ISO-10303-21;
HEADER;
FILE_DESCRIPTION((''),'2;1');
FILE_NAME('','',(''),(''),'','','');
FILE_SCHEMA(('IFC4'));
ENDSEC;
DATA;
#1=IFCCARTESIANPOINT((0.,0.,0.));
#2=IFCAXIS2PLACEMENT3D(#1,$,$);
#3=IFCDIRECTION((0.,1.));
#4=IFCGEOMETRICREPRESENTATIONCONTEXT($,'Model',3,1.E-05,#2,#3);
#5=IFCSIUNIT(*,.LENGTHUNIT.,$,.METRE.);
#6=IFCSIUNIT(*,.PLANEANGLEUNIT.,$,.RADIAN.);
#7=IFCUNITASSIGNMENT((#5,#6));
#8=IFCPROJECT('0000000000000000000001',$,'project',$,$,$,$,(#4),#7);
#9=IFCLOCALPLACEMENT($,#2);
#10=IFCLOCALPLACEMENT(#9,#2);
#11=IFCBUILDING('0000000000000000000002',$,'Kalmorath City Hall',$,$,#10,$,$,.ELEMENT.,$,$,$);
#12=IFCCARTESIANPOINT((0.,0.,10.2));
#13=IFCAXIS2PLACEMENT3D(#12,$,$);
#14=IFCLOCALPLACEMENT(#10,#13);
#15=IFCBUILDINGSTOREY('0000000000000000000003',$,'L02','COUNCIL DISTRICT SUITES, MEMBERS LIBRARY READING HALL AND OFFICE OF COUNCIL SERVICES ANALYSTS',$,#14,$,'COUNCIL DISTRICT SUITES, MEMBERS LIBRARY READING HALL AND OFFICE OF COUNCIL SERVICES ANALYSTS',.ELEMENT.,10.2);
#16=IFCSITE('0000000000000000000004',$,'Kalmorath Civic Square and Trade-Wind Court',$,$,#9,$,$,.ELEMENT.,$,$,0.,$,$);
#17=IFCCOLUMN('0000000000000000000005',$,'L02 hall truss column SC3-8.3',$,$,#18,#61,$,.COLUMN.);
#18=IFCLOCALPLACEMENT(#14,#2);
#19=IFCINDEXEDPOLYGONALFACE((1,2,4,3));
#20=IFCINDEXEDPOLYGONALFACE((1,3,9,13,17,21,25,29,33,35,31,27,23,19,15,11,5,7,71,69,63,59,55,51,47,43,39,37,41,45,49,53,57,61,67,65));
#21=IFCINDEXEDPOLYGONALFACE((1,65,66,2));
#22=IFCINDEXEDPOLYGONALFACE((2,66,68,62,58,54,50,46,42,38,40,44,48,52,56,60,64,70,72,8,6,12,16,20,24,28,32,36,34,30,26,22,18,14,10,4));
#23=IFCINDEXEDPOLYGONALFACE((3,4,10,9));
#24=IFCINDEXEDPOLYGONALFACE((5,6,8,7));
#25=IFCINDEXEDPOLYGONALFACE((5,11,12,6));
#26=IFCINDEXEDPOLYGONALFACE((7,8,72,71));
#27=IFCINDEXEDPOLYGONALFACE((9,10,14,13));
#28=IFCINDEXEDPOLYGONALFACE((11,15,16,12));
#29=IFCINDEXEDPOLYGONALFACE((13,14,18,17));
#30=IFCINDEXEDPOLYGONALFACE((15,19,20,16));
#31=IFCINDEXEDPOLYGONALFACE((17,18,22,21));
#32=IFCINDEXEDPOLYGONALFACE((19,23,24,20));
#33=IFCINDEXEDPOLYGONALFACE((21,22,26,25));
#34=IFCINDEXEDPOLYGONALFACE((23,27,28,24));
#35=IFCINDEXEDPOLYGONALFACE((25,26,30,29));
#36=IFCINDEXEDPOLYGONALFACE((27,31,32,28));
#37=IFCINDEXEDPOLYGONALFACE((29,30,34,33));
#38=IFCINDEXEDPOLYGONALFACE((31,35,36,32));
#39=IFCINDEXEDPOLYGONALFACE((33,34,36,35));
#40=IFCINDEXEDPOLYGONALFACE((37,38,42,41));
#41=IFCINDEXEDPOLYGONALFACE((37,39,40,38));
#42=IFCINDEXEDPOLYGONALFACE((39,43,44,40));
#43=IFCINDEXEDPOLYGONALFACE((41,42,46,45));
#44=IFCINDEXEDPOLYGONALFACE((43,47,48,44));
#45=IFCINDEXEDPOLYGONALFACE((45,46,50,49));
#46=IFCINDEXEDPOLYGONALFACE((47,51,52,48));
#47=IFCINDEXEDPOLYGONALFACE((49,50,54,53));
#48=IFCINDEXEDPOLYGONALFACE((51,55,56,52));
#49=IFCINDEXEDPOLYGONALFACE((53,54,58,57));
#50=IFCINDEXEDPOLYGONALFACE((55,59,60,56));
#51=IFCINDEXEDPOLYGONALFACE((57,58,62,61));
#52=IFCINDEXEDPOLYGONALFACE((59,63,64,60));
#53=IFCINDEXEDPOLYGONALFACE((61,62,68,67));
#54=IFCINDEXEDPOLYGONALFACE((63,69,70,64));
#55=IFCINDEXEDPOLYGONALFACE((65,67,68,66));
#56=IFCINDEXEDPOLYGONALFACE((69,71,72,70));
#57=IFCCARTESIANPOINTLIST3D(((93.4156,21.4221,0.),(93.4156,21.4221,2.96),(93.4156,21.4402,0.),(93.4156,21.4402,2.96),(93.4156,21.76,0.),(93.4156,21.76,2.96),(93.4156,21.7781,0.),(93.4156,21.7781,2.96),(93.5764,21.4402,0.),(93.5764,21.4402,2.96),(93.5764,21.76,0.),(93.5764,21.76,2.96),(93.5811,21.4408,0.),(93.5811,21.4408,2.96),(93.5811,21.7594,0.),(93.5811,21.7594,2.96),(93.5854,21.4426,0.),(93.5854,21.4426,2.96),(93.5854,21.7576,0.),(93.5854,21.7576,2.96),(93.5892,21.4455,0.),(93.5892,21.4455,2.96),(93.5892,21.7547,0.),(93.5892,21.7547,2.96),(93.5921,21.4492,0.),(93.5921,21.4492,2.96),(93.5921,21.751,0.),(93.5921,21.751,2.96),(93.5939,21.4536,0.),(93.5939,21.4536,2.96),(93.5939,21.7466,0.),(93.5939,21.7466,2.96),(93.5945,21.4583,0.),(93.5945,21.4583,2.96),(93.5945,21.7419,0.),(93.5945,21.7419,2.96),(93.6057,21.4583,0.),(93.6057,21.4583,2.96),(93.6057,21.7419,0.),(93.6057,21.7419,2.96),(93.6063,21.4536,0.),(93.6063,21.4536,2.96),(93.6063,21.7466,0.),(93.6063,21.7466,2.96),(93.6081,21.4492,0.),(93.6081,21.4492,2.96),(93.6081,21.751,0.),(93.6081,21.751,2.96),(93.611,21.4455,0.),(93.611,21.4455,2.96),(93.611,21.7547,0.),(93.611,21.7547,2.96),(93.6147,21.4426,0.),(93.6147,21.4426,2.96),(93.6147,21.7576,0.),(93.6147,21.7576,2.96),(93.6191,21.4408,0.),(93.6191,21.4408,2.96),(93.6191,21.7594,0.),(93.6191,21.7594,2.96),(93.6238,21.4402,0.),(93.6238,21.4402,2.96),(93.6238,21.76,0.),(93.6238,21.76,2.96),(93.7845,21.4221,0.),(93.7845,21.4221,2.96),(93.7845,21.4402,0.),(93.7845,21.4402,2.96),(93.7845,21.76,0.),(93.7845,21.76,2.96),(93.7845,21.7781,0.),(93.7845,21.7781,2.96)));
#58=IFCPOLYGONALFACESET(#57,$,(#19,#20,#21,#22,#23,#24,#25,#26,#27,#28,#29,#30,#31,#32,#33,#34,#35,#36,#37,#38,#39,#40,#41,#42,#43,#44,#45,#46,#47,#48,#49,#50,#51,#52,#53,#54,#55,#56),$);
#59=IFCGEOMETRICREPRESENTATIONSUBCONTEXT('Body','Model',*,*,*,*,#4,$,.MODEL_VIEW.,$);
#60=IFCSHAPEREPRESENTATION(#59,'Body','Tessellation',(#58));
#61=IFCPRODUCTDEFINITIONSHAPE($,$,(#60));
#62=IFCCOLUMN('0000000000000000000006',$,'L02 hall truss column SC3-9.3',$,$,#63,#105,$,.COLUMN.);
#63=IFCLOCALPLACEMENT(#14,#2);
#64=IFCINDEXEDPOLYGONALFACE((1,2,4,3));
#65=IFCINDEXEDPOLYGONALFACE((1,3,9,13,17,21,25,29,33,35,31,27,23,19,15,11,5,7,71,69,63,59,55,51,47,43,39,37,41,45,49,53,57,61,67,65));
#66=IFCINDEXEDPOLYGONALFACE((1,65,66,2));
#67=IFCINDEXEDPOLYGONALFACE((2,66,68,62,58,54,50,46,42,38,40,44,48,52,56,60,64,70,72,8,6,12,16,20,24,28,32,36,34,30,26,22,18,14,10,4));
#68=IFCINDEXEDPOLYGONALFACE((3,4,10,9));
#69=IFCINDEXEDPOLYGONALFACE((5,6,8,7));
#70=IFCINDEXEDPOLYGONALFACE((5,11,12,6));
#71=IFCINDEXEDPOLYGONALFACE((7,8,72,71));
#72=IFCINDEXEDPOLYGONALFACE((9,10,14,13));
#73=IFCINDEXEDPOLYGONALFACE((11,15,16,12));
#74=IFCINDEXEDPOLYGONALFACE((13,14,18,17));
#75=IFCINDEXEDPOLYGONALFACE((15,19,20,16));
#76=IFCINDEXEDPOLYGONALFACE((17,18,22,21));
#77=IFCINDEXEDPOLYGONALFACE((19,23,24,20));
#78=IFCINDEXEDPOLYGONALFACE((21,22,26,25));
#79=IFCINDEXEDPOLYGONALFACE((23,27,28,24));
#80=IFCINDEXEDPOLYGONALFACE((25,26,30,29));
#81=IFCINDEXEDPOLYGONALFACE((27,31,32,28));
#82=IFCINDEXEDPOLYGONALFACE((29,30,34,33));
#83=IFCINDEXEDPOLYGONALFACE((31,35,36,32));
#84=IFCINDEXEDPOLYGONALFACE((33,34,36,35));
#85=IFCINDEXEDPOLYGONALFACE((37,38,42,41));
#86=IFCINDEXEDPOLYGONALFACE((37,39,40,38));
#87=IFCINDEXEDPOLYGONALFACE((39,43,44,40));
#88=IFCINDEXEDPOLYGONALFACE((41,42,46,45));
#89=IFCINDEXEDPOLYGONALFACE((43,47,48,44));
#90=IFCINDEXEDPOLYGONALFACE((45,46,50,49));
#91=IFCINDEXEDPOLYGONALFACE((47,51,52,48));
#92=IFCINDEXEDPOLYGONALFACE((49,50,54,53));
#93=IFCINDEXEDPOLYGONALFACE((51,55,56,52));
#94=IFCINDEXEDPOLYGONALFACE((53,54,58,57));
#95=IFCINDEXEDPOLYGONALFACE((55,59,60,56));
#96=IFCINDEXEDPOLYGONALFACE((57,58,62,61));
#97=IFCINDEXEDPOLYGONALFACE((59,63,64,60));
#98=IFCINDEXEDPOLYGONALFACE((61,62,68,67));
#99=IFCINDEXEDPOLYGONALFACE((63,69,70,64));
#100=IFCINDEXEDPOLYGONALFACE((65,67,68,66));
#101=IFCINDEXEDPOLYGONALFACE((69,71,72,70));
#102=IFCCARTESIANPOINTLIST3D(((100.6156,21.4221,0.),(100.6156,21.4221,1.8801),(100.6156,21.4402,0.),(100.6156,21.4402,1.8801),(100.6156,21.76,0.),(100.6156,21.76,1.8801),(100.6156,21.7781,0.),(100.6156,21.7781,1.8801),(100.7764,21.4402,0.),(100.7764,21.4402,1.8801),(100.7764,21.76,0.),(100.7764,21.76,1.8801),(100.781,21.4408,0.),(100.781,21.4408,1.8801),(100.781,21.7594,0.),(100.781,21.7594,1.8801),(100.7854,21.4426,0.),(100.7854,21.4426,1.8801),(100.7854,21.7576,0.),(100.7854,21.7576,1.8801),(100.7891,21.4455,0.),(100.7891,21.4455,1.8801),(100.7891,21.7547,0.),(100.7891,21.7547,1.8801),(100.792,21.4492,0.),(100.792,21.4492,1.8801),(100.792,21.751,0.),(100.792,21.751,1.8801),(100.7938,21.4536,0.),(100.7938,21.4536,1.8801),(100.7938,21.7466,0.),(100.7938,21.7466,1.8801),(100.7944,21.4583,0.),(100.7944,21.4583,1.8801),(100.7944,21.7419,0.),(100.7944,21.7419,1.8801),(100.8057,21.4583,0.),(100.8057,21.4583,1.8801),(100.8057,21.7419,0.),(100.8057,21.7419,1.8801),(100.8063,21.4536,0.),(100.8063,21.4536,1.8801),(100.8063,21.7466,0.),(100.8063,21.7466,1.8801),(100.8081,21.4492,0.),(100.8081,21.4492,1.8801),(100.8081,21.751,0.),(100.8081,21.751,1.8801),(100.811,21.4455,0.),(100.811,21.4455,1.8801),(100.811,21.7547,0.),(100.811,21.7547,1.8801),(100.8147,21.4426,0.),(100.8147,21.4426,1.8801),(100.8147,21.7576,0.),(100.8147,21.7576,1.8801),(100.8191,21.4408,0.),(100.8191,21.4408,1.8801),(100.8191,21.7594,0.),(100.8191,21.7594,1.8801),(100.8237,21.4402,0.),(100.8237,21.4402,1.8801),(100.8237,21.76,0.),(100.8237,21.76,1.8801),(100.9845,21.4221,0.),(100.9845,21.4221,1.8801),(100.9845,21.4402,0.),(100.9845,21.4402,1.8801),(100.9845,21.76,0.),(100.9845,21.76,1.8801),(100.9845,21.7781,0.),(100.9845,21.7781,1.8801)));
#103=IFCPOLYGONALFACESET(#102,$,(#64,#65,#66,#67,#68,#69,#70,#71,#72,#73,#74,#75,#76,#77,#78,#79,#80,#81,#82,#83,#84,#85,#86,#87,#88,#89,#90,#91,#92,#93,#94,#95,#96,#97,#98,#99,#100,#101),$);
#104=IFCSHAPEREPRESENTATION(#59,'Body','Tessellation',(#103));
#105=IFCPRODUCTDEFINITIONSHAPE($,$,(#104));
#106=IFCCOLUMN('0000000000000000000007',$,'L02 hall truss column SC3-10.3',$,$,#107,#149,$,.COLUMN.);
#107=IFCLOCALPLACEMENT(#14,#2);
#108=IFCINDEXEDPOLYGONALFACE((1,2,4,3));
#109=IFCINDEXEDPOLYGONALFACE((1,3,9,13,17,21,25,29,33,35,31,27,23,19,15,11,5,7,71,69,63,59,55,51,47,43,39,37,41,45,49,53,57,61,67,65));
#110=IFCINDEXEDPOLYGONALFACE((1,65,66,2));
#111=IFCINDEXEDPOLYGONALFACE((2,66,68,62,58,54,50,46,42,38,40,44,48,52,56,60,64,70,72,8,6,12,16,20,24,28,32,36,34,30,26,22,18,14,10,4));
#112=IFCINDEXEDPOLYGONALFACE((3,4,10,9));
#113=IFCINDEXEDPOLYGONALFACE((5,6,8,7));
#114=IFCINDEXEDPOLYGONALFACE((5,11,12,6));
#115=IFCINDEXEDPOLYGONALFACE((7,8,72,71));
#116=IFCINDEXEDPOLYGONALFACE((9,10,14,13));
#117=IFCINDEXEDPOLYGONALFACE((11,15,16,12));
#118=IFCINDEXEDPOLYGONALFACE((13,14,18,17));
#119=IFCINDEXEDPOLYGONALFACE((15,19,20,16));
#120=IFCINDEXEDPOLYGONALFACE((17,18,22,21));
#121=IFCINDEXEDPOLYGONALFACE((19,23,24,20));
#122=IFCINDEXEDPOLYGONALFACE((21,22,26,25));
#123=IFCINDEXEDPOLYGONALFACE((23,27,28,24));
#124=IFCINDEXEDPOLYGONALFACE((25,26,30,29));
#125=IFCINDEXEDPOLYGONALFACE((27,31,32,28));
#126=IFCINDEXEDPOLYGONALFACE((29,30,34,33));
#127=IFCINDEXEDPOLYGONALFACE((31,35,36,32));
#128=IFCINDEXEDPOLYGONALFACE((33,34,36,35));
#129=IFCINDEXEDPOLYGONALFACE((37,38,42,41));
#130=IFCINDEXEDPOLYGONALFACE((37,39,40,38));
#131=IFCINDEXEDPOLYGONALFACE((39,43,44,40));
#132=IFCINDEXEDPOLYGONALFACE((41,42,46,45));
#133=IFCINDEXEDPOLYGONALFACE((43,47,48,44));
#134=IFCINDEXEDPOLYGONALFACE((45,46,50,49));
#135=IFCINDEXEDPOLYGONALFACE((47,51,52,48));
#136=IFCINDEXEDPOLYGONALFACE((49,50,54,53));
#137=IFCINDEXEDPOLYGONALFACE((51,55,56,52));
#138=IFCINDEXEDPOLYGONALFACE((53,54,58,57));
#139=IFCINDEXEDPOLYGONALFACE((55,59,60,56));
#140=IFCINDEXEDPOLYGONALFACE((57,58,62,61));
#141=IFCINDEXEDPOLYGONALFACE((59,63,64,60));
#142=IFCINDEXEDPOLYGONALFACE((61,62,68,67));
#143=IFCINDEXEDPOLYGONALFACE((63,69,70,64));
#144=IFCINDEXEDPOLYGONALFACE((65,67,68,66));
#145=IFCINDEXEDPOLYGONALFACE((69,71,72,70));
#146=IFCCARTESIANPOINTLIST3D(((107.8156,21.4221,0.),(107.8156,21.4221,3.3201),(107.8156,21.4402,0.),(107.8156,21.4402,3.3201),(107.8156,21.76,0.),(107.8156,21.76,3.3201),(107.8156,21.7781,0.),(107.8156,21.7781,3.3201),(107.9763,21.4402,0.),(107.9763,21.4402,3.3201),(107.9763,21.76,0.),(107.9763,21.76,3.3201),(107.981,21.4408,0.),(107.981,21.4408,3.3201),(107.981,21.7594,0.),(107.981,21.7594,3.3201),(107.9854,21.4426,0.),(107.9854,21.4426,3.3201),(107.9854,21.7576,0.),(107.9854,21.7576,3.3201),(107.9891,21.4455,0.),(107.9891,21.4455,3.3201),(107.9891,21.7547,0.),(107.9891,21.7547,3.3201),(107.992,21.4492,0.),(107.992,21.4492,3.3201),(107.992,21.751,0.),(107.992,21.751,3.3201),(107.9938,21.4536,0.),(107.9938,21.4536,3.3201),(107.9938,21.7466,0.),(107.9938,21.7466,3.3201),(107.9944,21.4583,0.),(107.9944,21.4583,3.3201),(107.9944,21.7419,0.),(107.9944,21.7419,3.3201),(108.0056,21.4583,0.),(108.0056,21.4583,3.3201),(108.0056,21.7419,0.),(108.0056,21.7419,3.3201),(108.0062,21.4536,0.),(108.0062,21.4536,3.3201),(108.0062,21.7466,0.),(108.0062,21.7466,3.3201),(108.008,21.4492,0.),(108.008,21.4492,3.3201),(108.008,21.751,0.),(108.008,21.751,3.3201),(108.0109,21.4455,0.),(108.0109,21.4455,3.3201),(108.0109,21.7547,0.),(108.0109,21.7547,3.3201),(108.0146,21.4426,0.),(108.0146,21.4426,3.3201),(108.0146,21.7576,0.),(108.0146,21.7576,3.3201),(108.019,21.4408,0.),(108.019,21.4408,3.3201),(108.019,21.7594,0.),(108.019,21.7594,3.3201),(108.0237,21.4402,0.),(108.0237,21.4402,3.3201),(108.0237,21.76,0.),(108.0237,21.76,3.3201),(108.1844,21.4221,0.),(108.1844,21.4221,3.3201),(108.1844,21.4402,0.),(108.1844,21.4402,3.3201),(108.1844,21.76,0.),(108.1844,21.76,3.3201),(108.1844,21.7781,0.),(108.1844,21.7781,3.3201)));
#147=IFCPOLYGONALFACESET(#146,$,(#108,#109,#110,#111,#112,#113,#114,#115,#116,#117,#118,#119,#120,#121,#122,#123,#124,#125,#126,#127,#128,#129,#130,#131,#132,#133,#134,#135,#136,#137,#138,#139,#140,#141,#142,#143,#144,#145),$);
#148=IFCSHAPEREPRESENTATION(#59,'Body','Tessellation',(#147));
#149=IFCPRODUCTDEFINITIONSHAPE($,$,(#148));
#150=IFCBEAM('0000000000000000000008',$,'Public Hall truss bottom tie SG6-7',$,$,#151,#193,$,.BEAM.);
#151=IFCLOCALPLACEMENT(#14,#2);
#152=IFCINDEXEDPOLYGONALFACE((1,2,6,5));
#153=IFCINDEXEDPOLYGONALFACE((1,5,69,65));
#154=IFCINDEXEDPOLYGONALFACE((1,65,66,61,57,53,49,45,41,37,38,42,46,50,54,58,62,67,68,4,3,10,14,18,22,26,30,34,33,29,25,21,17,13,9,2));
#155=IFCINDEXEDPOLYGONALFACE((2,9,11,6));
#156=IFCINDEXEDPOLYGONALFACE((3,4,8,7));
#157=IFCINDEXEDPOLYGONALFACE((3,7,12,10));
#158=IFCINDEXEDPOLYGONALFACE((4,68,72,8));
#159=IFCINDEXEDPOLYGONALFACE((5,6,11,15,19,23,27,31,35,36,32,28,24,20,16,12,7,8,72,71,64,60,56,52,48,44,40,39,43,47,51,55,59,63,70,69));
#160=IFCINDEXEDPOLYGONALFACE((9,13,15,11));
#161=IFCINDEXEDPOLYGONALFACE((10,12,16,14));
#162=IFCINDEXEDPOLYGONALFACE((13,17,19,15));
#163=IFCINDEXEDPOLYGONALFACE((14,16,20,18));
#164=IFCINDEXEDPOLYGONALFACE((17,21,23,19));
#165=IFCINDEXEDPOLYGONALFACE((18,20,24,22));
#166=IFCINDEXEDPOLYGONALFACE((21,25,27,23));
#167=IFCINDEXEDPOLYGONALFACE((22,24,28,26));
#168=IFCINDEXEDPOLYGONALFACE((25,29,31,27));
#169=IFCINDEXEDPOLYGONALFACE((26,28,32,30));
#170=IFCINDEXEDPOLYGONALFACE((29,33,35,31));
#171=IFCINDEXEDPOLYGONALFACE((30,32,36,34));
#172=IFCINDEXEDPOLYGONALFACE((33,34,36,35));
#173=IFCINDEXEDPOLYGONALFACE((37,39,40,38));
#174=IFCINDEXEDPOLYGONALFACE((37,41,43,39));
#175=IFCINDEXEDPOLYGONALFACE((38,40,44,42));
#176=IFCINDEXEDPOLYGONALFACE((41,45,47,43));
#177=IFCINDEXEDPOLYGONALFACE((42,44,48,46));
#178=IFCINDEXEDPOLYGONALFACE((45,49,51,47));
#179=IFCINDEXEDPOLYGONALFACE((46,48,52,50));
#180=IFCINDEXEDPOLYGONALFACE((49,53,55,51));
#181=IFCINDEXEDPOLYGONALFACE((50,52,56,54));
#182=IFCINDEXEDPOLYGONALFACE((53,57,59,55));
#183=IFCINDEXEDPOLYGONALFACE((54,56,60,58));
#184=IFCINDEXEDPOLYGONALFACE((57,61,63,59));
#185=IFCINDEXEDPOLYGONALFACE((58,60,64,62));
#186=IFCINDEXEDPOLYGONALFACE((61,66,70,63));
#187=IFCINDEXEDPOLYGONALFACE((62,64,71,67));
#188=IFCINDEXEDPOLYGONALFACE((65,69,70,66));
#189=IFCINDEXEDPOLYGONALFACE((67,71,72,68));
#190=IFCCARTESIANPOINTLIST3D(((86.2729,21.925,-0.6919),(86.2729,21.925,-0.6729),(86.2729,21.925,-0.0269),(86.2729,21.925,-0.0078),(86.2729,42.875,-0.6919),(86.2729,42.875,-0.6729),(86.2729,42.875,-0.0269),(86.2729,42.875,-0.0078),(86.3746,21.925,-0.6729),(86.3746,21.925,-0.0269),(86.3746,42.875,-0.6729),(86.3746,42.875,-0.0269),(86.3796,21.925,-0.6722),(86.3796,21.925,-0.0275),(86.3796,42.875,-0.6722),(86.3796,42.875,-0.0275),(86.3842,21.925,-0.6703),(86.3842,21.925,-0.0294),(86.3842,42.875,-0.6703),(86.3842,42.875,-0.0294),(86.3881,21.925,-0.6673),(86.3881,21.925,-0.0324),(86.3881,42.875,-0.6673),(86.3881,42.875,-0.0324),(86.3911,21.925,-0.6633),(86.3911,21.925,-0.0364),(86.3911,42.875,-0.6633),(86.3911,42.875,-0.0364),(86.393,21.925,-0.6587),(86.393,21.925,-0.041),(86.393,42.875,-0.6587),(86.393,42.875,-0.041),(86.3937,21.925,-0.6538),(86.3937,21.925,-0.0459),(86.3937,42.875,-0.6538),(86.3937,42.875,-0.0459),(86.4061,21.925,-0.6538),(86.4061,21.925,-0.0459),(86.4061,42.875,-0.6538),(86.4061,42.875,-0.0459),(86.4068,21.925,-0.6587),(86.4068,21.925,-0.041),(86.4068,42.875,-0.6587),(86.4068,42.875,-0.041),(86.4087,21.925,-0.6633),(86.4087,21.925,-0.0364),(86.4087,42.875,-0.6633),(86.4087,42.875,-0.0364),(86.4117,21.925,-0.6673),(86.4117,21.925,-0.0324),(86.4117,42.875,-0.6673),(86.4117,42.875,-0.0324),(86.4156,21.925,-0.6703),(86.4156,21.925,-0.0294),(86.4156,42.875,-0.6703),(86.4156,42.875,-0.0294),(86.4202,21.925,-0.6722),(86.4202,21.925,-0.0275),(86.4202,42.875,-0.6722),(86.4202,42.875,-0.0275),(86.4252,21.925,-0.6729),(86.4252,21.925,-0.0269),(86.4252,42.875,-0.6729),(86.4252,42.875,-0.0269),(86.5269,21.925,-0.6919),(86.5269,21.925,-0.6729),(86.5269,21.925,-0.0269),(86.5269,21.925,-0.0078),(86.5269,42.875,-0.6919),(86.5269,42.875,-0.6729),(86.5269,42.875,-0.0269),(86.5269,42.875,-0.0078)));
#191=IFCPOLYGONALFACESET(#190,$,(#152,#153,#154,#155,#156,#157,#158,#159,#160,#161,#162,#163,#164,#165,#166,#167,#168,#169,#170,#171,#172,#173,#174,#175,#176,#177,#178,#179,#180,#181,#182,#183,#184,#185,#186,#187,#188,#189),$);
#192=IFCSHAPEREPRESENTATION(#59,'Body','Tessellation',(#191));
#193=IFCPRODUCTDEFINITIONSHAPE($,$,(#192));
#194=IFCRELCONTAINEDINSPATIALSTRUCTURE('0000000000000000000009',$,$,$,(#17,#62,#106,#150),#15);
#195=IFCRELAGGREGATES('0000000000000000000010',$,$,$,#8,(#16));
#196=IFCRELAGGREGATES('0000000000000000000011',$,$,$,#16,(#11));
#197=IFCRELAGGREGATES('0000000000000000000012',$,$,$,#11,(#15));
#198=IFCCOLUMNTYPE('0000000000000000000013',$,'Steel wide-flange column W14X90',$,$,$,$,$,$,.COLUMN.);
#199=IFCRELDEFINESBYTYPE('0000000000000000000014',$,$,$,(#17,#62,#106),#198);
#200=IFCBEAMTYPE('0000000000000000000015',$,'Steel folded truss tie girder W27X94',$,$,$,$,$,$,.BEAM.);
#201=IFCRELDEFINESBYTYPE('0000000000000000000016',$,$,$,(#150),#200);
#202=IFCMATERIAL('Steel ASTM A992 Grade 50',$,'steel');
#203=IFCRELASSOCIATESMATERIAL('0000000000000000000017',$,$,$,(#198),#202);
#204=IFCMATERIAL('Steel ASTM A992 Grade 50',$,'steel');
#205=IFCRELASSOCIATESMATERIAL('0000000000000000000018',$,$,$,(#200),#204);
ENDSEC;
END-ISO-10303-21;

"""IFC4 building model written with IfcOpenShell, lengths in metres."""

from ifc_helpers import new_model, si_unit, direction, frame, origin, origin_2d, place, context, subcontext, project, spatial, i_section, extrude, material, material_profile, profile_set, type_object, element, save


model = new_model("IFC4")

# Units and contexts
model_context = context("Model", 3, precision=1e-05, world=origin(), true_north=direction((0.0, 1.0)))
body_context = subcontext(model_context, "Body", "Model", "MODEL_VIEW")
ifc_project = project(units=[si_unit("LENGTHUNIT", "METRE"), si_unit("PLANEANGLEUNIT", "RADIAN")], contexts=[model_context])

# Site, building, storey
site_placement = place(None, origin())
site = spatial("IfcSite", under=ifc_project, at=site_placement, Name="Kalmorath Civic Square and Trade-Wind Court", CompositionType="ELEMENT", RefElevation=0.0)
building_placement = place(site_placement, origin())
building = spatial("IfcBuilding", under=site, at=building_placement, Name="Kalmorath City Hall", CompositionType="ELEMENT")
storey_placement = place(building_placement, frame((0.0, 0.0, 10.2)))
storey = spatial("IfcBuildingStorey", under=building, at=storey_placement, Name="L02", Description="COUNCIL DISTRICT SUITES, MEMBERS LIBRARY READING HALL AND OFFICE OF COUNCIL SERVICES ANALYSTS", LongName="COUNCIL DISTRICT SUITES, MEMBERS LIBRARY READING HALL AND OFFICE OF COUNCIL SERVICES ANALYSTS", CompositionType="ELEMENT", Elevation=10.2)

# Columns
ifc_material_1 = material(Name="Steel ASTM A992 Grade 50", Category="steel")
ifc_material_profile_1 = material_profile(ifc_material_1, i_section(OverallWidth=0.3689, OverallDepth=0.356, WebThickness=0.0112, FlangeThickness=0.0181, FilletRadius=0.0181, at=origin_2d()), Name="W14X90")
ifc_profile_set_1 = profile_set([ifc_material_profile_1], Name="Steel ASTM A992 Grade 50")
column_type = type_object("IfcColumnType", Name="Steel wide-flange column W14X90", PredefinedType="COLUMN", material=ifc_profile_set_1)
column_1_placement = place(storey_placement, frame((93.6001, 21.6001, 0.0), z_axis=(0.0, 0.0, 1.0), x_axis=(1.0, 0.0, 0.0)))
element("IfcColumn", 1, at=column_1_placement, inside=storey, type_object=column_type, Name="L02 hall truss column SC3-8.3", PredefinedType="COLUMN", context=body_context, shape_type="SweptSolid", body=[
    extrude(i_section(OverallWidth=0.3689, OverallDepth=0.356, WebThickness=0.0112, FlangeThickness=0.0181, FilletRadius=0.0181, at=origin_2d()), origin(), (0.0, 0.0, 1.0), 2.96),
])
column_2_placement = place(storey_placement, frame((100.8, 21.6001, 0.0), z_axis=(0.0, 0.0, 1.0), x_axis=(1.0, 0.0, 0.0)))
element("IfcColumn", 2, at=column_2_placement, inside=storey, type_object=column_type, Name="L02 hall truss column SC3-9.3", PredefinedType="COLUMN", context=body_context, shape_type="SweptSolid", body=[
    extrude(i_section(OverallWidth=0.3689, OverallDepth=0.356, WebThickness=0.0112, FlangeThickness=0.0181, FilletRadius=0.0181, at=origin_2d()), origin(), (0.0, 0.0, 1.0), 1.8801),
])
column_3_placement = place(storey_placement, frame((108.0, 21.6001, 0.0), z_axis=(0.0, 0.0, 1.0), x_axis=(1.0, 0.0, 0.0)))
element("IfcColumn", 3, at=column_3_placement, inside=storey, type_object=column_type, Name="L02 hall truss column SC3-10.3", PredefinedType="COLUMN", context=body_context, shape_type="SweptSolid", body=[
    extrude(i_section(OverallWidth=0.3689, OverallDepth=0.356, WebThickness=0.0112, FlangeThickness=0.0181, FilletRadius=0.0181, at=origin_2d()), origin(), (0.0, 0.0, 1.0), 3.3201),
])

# Beam
ifc_material_2 = material(Name="Steel ASTM A992 Grade 50", Category="steel")
ifc_material_profile_2 = material_profile(ifc_material_2, i_section(OverallWidth=0.2539, OverallDepth=0.6841, WebThickness=0.0125, FlangeThickness=0.019, FilletRadius=0.019, at=origin_2d()), Name="W27X94")
ifc_profile_set_2 = profile_set([ifc_material_profile_2], Name="Steel ASTM A992 Grade 50")
beam_type_1 = type_object("IfcBeamType", Name="Steel folded truss tie girder W27X94", PredefinedType="BEAM", material=ifc_profile_set_2)
for number, where, z_axis, x_axis, name in (
    (4, (86.3999, 21.925, -0.3499), (0.0, 1.0, 0.0), (-1.0, 0.0, 0.0), "Public Hall truss bottom tie SG6-7"),
):
    element("IfcBeam", number, at=place(storey_placement, frame(where, z_axis=z_axis, x_axis=x_axis)), inside=storey, type_object=beam_type_1, Name=name, PredefinedType="BEAM", context=body_context, shape_type="SweptSolid", body=[
        extrude(i_section(OverallWidth=0.2539, OverallDepth=0.6841, WebThickness=0.0125, FlangeThickness=0.019, FilletRadius=0.019, at=origin_2d()), origin(), (0.0, 0.0, 1.0), 20.95),
    ])

save(model, "model.ifc")
